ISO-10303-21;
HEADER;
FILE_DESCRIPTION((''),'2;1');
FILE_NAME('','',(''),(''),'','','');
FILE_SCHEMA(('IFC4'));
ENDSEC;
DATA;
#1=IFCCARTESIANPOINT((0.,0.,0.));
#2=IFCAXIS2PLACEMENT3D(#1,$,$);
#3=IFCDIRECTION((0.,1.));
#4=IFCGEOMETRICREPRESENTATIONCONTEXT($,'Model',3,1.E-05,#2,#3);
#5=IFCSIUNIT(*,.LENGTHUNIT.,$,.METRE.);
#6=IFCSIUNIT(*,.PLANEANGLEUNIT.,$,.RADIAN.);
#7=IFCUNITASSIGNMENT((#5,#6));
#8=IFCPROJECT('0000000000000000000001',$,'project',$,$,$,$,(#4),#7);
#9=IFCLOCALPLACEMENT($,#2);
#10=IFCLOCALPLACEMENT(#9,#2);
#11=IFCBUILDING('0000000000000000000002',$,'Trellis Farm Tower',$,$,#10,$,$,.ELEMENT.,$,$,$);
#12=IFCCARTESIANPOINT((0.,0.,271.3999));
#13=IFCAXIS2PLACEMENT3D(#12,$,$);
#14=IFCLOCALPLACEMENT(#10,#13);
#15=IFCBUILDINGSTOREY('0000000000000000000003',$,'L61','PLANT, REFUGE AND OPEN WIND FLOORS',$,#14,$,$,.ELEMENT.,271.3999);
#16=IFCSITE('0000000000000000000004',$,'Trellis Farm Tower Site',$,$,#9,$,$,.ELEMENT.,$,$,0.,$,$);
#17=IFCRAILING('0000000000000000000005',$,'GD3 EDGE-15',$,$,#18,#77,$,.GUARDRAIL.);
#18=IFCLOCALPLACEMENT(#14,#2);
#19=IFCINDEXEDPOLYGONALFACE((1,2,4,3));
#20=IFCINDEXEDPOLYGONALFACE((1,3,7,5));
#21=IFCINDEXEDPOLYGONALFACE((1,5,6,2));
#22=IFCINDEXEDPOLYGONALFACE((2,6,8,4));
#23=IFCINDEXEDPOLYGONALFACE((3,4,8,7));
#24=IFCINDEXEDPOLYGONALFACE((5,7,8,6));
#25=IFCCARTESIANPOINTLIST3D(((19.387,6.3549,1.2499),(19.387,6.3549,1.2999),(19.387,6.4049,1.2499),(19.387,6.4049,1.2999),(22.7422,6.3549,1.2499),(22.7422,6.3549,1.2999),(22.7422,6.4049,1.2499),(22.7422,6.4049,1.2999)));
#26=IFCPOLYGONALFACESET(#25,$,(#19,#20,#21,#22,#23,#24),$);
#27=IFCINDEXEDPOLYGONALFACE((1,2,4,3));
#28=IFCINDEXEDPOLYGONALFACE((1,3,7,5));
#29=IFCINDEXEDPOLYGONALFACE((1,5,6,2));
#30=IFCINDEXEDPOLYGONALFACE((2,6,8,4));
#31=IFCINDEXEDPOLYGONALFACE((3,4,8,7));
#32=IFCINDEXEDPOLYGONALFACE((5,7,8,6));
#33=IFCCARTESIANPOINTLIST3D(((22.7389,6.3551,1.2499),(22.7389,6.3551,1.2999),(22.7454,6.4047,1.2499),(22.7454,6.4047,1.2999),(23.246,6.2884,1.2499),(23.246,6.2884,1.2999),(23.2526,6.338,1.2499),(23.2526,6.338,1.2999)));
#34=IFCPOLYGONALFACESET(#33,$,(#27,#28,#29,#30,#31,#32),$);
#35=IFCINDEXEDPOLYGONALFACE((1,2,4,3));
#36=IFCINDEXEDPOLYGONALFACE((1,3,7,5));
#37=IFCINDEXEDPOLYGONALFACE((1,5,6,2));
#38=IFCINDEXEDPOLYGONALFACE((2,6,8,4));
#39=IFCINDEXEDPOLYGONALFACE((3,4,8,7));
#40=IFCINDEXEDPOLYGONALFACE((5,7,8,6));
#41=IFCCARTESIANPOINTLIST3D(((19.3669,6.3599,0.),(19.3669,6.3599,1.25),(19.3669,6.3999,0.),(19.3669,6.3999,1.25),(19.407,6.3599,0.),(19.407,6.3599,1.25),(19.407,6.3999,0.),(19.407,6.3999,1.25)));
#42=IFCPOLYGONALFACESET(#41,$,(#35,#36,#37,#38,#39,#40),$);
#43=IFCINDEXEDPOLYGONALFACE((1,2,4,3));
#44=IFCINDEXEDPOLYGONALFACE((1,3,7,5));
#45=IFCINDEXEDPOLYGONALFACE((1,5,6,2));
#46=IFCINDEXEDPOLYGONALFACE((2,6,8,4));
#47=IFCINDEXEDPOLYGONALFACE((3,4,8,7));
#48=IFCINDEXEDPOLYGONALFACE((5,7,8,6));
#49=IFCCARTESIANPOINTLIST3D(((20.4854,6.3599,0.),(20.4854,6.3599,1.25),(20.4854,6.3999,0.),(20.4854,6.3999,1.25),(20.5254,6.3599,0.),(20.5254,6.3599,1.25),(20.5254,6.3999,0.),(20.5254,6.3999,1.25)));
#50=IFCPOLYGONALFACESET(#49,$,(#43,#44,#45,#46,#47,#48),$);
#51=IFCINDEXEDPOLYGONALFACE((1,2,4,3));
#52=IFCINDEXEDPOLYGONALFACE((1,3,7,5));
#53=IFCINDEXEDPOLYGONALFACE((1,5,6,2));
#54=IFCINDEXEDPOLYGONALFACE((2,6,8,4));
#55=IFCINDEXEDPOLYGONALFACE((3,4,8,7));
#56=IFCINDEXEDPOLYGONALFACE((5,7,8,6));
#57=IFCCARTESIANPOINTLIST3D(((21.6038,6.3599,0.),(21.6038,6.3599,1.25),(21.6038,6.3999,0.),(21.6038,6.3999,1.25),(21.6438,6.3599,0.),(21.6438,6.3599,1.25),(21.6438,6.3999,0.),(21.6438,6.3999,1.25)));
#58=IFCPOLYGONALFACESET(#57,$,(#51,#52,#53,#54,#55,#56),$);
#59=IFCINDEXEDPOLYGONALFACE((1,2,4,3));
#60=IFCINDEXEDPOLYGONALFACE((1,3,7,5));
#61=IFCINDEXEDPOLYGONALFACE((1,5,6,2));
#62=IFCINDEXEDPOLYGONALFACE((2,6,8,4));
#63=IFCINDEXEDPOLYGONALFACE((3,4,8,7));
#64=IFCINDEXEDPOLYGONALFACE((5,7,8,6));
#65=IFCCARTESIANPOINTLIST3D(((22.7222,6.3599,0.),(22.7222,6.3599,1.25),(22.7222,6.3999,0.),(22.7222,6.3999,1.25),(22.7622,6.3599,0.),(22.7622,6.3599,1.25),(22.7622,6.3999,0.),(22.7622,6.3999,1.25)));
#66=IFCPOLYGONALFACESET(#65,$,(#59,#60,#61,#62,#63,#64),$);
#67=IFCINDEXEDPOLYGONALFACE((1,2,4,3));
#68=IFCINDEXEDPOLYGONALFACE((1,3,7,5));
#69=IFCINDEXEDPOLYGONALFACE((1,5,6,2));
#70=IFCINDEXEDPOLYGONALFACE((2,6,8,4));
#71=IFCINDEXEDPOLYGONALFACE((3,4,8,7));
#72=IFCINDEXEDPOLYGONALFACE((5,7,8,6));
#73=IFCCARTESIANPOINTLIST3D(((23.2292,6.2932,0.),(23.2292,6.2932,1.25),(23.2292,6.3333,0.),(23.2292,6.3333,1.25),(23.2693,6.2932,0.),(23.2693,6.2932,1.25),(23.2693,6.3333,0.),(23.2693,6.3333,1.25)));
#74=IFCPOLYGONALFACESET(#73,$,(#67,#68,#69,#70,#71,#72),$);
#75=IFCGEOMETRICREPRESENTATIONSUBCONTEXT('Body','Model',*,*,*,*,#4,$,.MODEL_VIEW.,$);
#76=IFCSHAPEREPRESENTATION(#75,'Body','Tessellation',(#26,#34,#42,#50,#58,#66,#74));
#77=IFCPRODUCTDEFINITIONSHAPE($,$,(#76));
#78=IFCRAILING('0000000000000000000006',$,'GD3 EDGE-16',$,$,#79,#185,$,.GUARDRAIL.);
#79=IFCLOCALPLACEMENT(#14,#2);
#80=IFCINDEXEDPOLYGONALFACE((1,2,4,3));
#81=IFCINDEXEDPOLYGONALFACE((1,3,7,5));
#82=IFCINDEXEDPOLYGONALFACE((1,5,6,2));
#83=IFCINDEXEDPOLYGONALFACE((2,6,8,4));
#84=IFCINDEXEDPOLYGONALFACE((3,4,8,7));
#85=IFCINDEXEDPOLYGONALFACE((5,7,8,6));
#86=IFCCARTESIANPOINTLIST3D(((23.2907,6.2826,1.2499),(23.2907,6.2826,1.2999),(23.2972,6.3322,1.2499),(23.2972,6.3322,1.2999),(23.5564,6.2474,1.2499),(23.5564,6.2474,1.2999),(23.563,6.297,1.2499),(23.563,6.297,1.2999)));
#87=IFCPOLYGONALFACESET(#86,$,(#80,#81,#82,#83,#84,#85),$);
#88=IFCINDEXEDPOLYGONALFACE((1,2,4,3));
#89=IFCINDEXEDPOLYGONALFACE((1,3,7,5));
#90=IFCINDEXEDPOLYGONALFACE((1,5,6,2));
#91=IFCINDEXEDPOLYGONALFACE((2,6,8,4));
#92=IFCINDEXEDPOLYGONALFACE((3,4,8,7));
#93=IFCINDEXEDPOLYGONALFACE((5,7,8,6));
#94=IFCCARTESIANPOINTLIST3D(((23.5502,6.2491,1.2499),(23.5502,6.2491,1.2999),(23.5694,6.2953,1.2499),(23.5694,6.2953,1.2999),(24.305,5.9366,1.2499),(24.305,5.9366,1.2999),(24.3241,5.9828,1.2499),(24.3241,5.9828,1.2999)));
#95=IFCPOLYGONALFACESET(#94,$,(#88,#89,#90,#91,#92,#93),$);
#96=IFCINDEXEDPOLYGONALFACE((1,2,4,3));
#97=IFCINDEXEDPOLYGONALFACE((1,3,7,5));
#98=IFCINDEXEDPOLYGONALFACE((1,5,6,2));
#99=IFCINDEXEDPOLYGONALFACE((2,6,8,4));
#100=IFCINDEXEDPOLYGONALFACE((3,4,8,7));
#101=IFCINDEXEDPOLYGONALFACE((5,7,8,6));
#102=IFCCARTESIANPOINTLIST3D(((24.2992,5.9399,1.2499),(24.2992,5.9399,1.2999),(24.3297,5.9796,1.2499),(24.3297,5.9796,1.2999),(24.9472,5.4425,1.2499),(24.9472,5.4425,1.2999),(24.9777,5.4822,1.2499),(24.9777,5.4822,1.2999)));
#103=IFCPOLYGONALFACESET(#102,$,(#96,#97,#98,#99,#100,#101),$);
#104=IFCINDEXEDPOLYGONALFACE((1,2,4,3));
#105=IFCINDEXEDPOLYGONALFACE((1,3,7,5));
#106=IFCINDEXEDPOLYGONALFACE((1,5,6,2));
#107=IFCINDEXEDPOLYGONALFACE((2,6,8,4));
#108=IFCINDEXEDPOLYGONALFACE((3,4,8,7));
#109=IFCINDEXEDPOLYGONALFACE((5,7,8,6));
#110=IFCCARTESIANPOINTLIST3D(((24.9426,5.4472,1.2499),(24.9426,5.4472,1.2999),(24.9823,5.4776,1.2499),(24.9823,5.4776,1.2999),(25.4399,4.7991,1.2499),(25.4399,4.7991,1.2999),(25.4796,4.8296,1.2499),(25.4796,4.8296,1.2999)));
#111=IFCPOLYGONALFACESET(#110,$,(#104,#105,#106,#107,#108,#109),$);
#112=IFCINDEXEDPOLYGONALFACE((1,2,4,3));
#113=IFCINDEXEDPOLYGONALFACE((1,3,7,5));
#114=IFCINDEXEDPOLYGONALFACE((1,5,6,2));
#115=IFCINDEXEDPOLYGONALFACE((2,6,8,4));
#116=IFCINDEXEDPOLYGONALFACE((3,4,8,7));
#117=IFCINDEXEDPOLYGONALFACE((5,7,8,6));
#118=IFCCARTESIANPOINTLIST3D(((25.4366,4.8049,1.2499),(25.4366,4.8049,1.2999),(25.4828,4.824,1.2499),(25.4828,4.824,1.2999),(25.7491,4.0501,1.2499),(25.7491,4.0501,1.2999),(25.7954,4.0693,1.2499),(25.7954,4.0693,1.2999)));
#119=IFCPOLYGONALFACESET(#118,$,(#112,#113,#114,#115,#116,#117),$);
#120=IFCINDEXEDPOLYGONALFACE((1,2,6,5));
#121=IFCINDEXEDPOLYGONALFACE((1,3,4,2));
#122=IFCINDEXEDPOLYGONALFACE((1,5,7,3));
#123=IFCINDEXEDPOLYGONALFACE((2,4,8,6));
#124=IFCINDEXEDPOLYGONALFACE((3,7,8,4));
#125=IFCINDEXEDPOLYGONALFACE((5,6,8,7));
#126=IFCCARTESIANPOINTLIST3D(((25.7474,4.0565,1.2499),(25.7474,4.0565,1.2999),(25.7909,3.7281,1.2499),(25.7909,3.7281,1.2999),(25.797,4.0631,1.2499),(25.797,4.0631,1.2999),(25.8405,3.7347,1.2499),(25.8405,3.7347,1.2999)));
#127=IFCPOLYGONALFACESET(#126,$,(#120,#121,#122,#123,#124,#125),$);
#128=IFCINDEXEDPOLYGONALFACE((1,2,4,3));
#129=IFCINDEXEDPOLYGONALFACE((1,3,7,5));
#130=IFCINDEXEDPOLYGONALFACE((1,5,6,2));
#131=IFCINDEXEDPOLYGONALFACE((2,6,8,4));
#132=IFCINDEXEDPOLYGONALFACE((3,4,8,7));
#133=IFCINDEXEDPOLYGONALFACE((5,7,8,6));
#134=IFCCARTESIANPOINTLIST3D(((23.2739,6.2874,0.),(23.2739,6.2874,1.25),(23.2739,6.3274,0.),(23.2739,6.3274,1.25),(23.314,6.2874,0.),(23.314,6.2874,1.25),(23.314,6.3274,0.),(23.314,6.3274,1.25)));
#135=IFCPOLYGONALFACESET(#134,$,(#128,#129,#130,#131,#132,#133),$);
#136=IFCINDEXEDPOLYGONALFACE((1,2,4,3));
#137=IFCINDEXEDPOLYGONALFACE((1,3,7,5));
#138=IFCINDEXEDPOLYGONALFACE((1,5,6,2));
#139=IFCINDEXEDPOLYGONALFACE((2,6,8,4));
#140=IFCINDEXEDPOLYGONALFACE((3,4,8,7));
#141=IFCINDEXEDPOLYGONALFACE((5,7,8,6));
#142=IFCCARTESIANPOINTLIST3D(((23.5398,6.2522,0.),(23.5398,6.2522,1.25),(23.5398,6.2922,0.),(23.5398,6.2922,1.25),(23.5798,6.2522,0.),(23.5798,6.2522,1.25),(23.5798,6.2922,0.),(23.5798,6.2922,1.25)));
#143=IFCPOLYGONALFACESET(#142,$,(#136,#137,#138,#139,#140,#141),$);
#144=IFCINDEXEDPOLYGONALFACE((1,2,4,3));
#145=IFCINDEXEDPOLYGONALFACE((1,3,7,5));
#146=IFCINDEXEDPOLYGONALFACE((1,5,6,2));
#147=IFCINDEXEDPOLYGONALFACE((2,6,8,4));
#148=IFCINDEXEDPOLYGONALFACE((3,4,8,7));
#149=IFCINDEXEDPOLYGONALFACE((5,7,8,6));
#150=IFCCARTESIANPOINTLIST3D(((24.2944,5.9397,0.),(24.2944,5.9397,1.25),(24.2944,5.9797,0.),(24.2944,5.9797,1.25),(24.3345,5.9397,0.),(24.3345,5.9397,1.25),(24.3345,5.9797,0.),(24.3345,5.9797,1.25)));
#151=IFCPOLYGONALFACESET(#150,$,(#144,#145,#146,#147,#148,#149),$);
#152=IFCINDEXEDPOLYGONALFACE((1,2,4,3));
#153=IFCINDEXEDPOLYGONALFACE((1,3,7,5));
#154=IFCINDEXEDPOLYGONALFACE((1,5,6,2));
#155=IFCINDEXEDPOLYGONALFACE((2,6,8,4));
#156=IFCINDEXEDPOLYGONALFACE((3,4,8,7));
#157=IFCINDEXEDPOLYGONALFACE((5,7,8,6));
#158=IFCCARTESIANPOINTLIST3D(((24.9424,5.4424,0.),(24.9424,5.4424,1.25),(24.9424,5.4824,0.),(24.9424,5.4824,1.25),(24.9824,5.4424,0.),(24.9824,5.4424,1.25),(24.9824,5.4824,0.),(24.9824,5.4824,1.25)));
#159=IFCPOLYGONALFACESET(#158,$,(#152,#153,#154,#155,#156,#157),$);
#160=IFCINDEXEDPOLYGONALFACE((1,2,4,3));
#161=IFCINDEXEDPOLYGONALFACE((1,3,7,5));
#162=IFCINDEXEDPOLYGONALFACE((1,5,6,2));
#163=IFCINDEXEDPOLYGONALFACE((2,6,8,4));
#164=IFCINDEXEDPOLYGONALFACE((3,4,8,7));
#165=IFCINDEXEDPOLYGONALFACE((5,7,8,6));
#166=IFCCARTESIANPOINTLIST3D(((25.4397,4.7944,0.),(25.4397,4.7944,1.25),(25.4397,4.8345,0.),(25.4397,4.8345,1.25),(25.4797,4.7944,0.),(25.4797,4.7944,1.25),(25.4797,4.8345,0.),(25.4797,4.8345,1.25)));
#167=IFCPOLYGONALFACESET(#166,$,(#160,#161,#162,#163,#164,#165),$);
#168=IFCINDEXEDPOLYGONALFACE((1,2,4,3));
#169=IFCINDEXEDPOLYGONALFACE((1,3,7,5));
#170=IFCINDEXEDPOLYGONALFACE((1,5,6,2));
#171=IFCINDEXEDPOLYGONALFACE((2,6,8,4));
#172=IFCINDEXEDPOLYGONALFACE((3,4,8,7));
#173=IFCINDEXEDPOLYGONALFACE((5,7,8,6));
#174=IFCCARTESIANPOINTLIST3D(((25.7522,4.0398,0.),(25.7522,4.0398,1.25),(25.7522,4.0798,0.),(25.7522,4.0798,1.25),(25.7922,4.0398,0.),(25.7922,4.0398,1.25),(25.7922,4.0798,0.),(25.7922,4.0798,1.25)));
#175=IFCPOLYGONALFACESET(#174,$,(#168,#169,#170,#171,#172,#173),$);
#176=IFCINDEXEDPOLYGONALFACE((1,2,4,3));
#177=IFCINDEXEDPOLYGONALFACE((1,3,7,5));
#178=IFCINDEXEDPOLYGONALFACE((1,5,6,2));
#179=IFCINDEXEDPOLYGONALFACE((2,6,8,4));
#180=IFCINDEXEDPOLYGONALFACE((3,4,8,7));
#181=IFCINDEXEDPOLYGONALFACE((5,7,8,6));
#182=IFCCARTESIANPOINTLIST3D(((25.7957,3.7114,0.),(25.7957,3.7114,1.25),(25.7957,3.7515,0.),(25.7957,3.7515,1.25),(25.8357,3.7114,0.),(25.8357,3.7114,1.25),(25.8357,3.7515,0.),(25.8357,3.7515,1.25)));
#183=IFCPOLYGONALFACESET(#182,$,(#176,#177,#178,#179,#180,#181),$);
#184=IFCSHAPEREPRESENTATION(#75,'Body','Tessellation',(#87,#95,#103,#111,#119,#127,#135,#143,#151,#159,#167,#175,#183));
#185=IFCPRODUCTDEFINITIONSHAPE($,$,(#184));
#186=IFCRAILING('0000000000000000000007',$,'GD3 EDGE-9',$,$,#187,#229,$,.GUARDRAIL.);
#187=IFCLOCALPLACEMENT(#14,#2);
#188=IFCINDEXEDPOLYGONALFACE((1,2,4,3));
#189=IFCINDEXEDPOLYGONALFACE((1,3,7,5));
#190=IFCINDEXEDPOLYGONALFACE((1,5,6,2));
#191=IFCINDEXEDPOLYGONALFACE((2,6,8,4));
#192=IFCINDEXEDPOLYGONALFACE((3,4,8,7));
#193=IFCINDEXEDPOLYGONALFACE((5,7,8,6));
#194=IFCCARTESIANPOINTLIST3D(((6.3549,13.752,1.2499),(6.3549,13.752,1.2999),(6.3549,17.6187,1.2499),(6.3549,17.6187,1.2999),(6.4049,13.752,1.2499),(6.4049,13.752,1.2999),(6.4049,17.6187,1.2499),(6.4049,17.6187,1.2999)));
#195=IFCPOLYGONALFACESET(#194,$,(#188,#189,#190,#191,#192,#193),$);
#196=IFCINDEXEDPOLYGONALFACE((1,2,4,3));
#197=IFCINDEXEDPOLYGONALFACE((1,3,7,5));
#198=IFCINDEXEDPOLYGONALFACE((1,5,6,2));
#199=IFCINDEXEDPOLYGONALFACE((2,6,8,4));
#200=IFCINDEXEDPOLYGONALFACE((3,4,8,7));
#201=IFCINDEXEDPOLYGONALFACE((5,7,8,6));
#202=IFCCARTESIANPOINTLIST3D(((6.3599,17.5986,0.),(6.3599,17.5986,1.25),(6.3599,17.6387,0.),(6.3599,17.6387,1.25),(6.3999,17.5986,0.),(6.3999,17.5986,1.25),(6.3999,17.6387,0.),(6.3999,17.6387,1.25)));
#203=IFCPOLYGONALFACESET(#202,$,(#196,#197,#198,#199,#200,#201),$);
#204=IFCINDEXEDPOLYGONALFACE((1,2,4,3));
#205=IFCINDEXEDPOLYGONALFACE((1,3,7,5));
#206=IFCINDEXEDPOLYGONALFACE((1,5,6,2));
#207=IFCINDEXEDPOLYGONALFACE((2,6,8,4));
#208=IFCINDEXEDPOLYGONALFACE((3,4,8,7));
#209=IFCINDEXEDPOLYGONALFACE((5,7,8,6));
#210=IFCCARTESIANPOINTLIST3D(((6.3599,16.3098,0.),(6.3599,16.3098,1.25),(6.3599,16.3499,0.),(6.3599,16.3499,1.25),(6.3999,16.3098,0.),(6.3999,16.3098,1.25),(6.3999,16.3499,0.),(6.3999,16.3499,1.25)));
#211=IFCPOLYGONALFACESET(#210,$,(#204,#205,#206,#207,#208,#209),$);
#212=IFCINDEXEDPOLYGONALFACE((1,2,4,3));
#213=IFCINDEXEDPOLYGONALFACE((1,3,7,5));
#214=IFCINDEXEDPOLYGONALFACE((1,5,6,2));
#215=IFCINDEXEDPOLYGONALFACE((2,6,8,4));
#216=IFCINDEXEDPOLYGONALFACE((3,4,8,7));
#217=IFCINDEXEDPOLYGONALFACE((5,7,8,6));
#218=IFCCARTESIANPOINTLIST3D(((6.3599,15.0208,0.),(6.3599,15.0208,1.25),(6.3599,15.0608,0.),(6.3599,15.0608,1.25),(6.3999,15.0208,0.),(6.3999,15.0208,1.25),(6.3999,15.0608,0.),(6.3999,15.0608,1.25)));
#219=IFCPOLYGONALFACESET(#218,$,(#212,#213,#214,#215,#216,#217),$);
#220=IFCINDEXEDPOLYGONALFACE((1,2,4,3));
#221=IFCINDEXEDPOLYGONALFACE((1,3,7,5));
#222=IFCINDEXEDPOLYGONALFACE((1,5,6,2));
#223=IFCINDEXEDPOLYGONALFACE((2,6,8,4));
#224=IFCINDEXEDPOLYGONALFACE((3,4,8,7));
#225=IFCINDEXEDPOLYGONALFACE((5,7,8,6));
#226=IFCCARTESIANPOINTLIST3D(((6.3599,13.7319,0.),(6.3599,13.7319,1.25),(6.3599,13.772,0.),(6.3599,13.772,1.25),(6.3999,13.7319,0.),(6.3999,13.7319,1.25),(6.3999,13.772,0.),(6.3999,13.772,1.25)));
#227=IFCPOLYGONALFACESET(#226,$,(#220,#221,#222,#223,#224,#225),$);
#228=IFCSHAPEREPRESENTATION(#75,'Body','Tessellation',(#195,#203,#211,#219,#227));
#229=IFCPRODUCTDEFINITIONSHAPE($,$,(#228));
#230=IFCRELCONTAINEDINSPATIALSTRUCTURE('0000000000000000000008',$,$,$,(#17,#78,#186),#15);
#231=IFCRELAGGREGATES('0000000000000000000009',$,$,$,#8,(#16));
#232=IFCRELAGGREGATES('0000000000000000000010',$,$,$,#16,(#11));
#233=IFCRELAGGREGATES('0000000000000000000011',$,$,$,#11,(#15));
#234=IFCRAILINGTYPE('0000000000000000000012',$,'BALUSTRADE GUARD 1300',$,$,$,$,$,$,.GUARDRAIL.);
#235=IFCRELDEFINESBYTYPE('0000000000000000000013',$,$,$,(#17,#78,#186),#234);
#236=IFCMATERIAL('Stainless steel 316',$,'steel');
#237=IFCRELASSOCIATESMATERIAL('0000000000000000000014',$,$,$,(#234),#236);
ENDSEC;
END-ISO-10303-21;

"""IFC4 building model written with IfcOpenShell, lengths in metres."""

from ifc_helpers import new_model, si_unit, direction, frame, origin, origin_2d, place, context, subcontext, project, spatial, rectangle, extrude, source, transform, mapped, material, type_object, element, save


model = new_model("IFC4")

# Units and contexts
model_context = context("Model", 3, precision=1e-05, world=origin(), true_north=direction((0.0, 1.0)))
body_context = subcontext(model_context, "Body", "Model", "MODEL_VIEW")
ifc_project = project(units=[si_unit("LENGTHUNIT", "METRE"), si_unit("PLANEANGLEUNIT", "RADIAN")], contexts=[model_context])

# Site, building, storey
site_placement = place(None, origin())
site = spatial("IfcSite", under=ifc_project, at=site_placement, Name="Trellis Farm Tower Site", CompositionType="ELEMENT", RefElevation=0.0)
building_placement = place(site_placement, origin())
building = spatial("IfcBuilding", under=site, at=building_placement, Name="Trellis Farm Tower", CompositionType="ELEMENT")
storey_placement = place(building_placement, frame((0.0, 0.0, 271.3999)))
storey = spatial("IfcBuildingStorey", under=building, at=storey_placement, Name="L61", Description="PLANT, REFUGE AND OPEN WIND FLOORS", CompositionType="ELEMENT", Elevation=271.3999)

# Railings
ifc_material_1 = material(Name="Stainless steel 316", Category="steel")
railing_type = type_object("IfcRailingType", Name="BALUSTRADE GUARD 1300", PredefinedType="GUARDRAIL", material=ifc_material_1)
railing_1_placement = place(storey_placement, frame((19.387, 6.3799, 0.0)))
element("IfcRailing", 1, at=railing_1_placement, inside=storey, type_object=railing_type, Name="GD3 EDGE-15", PredefinedType="GUARDRAIL", context=body_context, shape_type="SweptSolid", body=[
    extrude(rectangle(XDim=0.05, YDim=0.05, at=origin_2d()), frame((0.0, 0.0, 1.2749), z_axis=(1.0, 0.0, 0.0), x_axis=(0.0, 1.0, 0.0)), (0.0, 0.0, 1.0), 3.3552),
    extrude(rectangle(XDim=0.05, YDim=0.05, at=origin_2d()), frame((3.3552, 0.0, 1.2749), z_axis=(0.991472, -0.130319, 0.0), x_axis=(0.130319, 0.991472, 0.0)), (0.0, 0.0, 1.0), 0.5115),
    extrude(rectangle(XDim=0.04, YDim=0.04, at=origin_2d()), origin(), (0.0, 0.0, 1.0), 1.25),
    extrude(rectangle(XDim=0.04, YDim=0.04, at=origin_2d()), frame((1.1184, 0.0, 0.0)), (0.0, 0.0, 1.0), 1.25),
    extrude(rectangle(XDim=0.04, YDim=0.04, at=origin_2d()), frame((2.2368, 0.0, 0.0)), (0.0, 0.0, 1.0), 1.25),
    extrude(rectangle(XDim=0.04, YDim=0.04, at=origin_2d()), frame((3.3552, 0.0, 0.0)), (0.0, 0.0, 1.0), 1.25),
    extrude(rectangle(XDim=0.04, YDim=0.04, at=origin_2d()), frame((3.8623, -0.0667, 0.0)), (0.0, 0.0, 1.0), 1.25),
])
railing_2_placement = place(storey_placement, frame((23.2939, 6.3074, 0.0)))
element("IfcRailing", 2, at=railing_2_placement, inside=storey, type_object=railing_type, Name="GD3 EDGE-16", PredefinedType="GUARDRAIL", context=body_context, shape_type="SweptSolid", body=[
    extrude(rectangle(XDim=0.05, YDim=0.05, at=origin_2d()), frame((0.0, 0.0, 1.2749), z_axis=(0.99137, -0.13109, 0.0), x_axis=(0.13109, 0.99137, 0.0)), (0.0, 0.0, 1.0), 0.2681),
    extrude(rectangle(XDim=0.05, YDim=0.05, at=origin_2d()), frame((0.2659, -0.0352, 1.2749), z_axis=(0.923915, -0.382598, 0.0), x_axis=(0.382598, 0.923915, 0.0)), (0.0, 0.0, 1.0), 0.8169),
    extrude(rectangle(XDim=0.05, YDim=0.05, at=origin_2d()), frame((1.0205, -0.3477, 1.2749), z_axis=(0.793279, -0.608858, 0.0), x_axis=(0.608858, 0.793279, 0.0)), (0.0, 0.0, 1.0), 0.8169),
    extrude(rectangle(XDim=0.05, YDim=0.05, at=origin_2d()), frame((1.6685, -0.845, 1.2749), z_axis=(0.608858, -0.793279, 0.0), x_axis=(0.793279, 0.608858, 0.0)), (0.0, 0.0, 1.0), 0.8169),
    extrude(rectangle(XDim=0.05, YDim=0.05, at=origin_2d()), frame((2.1658, -1.4929, 1.2749), z_axis=(0.382598, -0.923915, 0.0), x_axis=(0.923915, 0.382598, 0.0)), (0.0, 0.0, 1.0), 0.8169),
    extrude(rectangle(XDim=0.05, YDim=0.05, at=origin_2d()), frame((2.4783, -2.2476, 1.2749), z_axis=(0.131198, -0.991356, 0.0), x_axis=(0.991356, 0.131198, 0.0)), (0.0, 0.0, 1.0), 0.3313),
    extrude(rectangle(XDim=0.04, YDim=0.04, at=origin_2d()), origin(), (0.0, 0.0, 1.0), 1.25),
    extrude(rectangle(XDim=0.04, YDim=0.04, at=origin_2d()), frame((0.2659, -0.0352, 0.0)), (0.0, 0.0, 1.0), 1.25),
    extrude(rectangle(XDim=0.04, YDim=0.04, at=origin_2d()), frame((1.0205, -0.3477, 0.0)), (0.0, 0.0, 1.0), 1.25),
    extrude(rectangle(XDim=0.04, YDim=0.04, at=origin_2d()), frame((1.6685, -0.845, 0.0)), (0.0, 0.0, 1.0), 1.25),
    extrude(rectangle(XDim=0.04, YDim=0.04, at=origin_2d()), frame((2.1658, -1.4929, 0.0)), (0.0, 0.0, 1.0), 1.25),
    extrude(rectangle(XDim=0.04, YDim=0.04, at=origin_2d()), frame((2.4783, -2.2476, 0.0)), (0.0, 0.0, 1.0), 1.25),
    extrude(rectangle(XDim=0.04, YDim=0.04, at=origin_2d()), frame((2.5217, -2.5759, 0.0)), (0.0, 0.0, 1.0), 1.25),
])
shared_shape_1 = source(origin(), body_context, "Body", "SweptSolid", [
    extrude(rectangle(XDim=0.05, YDim=0.05, at=origin_2d()), frame((0.0, 0.0, 1.2749), z_axis=(0.0, -1.0, 0.0), x_axis=(1.0, 0.0, 0.0)), (0.0, 0.0, 1.0), 3.8667),
    extrude(rectangle(XDim=0.04, YDim=0.04, at=origin_2d()), origin(), (0.0, 0.0, 1.0), 1.25),
    extrude(rectangle(XDim=0.04, YDim=0.04, at=origin_2d()), frame((0.0, -1.2888, 0.0)), (0.0, 0.0, 1.0), 1.25),
    extrude(rectangle(XDim=0.04, YDim=0.04, at=origin_2d()), frame((0.0, -2.5779, 0.0)), (0.0, 0.0, 1.0), 1.25),
    extrude(rectangle(XDim=0.04, YDim=0.04, at=origin_2d()), frame((0.0, -3.8667, 0.0)), (0.0, 0.0, 1.0), 1.25),
])
for number, where, name in (
    (3, (6.3799, 17.6187, 0.0), "GD3 EDGE-9"),
):
    element("IfcRailing", number, at=place(storey_placement, frame(where)), inside=storey, type_object=railing_type, Name=name, PredefinedType="GUARDRAIL", context=body_context, shape_type="MappedRepresentation", body=[
        mapped(shared_shape_1, transform((0.0, 0.0, 0.0))),
    ])

save(model, "model.ifc")
